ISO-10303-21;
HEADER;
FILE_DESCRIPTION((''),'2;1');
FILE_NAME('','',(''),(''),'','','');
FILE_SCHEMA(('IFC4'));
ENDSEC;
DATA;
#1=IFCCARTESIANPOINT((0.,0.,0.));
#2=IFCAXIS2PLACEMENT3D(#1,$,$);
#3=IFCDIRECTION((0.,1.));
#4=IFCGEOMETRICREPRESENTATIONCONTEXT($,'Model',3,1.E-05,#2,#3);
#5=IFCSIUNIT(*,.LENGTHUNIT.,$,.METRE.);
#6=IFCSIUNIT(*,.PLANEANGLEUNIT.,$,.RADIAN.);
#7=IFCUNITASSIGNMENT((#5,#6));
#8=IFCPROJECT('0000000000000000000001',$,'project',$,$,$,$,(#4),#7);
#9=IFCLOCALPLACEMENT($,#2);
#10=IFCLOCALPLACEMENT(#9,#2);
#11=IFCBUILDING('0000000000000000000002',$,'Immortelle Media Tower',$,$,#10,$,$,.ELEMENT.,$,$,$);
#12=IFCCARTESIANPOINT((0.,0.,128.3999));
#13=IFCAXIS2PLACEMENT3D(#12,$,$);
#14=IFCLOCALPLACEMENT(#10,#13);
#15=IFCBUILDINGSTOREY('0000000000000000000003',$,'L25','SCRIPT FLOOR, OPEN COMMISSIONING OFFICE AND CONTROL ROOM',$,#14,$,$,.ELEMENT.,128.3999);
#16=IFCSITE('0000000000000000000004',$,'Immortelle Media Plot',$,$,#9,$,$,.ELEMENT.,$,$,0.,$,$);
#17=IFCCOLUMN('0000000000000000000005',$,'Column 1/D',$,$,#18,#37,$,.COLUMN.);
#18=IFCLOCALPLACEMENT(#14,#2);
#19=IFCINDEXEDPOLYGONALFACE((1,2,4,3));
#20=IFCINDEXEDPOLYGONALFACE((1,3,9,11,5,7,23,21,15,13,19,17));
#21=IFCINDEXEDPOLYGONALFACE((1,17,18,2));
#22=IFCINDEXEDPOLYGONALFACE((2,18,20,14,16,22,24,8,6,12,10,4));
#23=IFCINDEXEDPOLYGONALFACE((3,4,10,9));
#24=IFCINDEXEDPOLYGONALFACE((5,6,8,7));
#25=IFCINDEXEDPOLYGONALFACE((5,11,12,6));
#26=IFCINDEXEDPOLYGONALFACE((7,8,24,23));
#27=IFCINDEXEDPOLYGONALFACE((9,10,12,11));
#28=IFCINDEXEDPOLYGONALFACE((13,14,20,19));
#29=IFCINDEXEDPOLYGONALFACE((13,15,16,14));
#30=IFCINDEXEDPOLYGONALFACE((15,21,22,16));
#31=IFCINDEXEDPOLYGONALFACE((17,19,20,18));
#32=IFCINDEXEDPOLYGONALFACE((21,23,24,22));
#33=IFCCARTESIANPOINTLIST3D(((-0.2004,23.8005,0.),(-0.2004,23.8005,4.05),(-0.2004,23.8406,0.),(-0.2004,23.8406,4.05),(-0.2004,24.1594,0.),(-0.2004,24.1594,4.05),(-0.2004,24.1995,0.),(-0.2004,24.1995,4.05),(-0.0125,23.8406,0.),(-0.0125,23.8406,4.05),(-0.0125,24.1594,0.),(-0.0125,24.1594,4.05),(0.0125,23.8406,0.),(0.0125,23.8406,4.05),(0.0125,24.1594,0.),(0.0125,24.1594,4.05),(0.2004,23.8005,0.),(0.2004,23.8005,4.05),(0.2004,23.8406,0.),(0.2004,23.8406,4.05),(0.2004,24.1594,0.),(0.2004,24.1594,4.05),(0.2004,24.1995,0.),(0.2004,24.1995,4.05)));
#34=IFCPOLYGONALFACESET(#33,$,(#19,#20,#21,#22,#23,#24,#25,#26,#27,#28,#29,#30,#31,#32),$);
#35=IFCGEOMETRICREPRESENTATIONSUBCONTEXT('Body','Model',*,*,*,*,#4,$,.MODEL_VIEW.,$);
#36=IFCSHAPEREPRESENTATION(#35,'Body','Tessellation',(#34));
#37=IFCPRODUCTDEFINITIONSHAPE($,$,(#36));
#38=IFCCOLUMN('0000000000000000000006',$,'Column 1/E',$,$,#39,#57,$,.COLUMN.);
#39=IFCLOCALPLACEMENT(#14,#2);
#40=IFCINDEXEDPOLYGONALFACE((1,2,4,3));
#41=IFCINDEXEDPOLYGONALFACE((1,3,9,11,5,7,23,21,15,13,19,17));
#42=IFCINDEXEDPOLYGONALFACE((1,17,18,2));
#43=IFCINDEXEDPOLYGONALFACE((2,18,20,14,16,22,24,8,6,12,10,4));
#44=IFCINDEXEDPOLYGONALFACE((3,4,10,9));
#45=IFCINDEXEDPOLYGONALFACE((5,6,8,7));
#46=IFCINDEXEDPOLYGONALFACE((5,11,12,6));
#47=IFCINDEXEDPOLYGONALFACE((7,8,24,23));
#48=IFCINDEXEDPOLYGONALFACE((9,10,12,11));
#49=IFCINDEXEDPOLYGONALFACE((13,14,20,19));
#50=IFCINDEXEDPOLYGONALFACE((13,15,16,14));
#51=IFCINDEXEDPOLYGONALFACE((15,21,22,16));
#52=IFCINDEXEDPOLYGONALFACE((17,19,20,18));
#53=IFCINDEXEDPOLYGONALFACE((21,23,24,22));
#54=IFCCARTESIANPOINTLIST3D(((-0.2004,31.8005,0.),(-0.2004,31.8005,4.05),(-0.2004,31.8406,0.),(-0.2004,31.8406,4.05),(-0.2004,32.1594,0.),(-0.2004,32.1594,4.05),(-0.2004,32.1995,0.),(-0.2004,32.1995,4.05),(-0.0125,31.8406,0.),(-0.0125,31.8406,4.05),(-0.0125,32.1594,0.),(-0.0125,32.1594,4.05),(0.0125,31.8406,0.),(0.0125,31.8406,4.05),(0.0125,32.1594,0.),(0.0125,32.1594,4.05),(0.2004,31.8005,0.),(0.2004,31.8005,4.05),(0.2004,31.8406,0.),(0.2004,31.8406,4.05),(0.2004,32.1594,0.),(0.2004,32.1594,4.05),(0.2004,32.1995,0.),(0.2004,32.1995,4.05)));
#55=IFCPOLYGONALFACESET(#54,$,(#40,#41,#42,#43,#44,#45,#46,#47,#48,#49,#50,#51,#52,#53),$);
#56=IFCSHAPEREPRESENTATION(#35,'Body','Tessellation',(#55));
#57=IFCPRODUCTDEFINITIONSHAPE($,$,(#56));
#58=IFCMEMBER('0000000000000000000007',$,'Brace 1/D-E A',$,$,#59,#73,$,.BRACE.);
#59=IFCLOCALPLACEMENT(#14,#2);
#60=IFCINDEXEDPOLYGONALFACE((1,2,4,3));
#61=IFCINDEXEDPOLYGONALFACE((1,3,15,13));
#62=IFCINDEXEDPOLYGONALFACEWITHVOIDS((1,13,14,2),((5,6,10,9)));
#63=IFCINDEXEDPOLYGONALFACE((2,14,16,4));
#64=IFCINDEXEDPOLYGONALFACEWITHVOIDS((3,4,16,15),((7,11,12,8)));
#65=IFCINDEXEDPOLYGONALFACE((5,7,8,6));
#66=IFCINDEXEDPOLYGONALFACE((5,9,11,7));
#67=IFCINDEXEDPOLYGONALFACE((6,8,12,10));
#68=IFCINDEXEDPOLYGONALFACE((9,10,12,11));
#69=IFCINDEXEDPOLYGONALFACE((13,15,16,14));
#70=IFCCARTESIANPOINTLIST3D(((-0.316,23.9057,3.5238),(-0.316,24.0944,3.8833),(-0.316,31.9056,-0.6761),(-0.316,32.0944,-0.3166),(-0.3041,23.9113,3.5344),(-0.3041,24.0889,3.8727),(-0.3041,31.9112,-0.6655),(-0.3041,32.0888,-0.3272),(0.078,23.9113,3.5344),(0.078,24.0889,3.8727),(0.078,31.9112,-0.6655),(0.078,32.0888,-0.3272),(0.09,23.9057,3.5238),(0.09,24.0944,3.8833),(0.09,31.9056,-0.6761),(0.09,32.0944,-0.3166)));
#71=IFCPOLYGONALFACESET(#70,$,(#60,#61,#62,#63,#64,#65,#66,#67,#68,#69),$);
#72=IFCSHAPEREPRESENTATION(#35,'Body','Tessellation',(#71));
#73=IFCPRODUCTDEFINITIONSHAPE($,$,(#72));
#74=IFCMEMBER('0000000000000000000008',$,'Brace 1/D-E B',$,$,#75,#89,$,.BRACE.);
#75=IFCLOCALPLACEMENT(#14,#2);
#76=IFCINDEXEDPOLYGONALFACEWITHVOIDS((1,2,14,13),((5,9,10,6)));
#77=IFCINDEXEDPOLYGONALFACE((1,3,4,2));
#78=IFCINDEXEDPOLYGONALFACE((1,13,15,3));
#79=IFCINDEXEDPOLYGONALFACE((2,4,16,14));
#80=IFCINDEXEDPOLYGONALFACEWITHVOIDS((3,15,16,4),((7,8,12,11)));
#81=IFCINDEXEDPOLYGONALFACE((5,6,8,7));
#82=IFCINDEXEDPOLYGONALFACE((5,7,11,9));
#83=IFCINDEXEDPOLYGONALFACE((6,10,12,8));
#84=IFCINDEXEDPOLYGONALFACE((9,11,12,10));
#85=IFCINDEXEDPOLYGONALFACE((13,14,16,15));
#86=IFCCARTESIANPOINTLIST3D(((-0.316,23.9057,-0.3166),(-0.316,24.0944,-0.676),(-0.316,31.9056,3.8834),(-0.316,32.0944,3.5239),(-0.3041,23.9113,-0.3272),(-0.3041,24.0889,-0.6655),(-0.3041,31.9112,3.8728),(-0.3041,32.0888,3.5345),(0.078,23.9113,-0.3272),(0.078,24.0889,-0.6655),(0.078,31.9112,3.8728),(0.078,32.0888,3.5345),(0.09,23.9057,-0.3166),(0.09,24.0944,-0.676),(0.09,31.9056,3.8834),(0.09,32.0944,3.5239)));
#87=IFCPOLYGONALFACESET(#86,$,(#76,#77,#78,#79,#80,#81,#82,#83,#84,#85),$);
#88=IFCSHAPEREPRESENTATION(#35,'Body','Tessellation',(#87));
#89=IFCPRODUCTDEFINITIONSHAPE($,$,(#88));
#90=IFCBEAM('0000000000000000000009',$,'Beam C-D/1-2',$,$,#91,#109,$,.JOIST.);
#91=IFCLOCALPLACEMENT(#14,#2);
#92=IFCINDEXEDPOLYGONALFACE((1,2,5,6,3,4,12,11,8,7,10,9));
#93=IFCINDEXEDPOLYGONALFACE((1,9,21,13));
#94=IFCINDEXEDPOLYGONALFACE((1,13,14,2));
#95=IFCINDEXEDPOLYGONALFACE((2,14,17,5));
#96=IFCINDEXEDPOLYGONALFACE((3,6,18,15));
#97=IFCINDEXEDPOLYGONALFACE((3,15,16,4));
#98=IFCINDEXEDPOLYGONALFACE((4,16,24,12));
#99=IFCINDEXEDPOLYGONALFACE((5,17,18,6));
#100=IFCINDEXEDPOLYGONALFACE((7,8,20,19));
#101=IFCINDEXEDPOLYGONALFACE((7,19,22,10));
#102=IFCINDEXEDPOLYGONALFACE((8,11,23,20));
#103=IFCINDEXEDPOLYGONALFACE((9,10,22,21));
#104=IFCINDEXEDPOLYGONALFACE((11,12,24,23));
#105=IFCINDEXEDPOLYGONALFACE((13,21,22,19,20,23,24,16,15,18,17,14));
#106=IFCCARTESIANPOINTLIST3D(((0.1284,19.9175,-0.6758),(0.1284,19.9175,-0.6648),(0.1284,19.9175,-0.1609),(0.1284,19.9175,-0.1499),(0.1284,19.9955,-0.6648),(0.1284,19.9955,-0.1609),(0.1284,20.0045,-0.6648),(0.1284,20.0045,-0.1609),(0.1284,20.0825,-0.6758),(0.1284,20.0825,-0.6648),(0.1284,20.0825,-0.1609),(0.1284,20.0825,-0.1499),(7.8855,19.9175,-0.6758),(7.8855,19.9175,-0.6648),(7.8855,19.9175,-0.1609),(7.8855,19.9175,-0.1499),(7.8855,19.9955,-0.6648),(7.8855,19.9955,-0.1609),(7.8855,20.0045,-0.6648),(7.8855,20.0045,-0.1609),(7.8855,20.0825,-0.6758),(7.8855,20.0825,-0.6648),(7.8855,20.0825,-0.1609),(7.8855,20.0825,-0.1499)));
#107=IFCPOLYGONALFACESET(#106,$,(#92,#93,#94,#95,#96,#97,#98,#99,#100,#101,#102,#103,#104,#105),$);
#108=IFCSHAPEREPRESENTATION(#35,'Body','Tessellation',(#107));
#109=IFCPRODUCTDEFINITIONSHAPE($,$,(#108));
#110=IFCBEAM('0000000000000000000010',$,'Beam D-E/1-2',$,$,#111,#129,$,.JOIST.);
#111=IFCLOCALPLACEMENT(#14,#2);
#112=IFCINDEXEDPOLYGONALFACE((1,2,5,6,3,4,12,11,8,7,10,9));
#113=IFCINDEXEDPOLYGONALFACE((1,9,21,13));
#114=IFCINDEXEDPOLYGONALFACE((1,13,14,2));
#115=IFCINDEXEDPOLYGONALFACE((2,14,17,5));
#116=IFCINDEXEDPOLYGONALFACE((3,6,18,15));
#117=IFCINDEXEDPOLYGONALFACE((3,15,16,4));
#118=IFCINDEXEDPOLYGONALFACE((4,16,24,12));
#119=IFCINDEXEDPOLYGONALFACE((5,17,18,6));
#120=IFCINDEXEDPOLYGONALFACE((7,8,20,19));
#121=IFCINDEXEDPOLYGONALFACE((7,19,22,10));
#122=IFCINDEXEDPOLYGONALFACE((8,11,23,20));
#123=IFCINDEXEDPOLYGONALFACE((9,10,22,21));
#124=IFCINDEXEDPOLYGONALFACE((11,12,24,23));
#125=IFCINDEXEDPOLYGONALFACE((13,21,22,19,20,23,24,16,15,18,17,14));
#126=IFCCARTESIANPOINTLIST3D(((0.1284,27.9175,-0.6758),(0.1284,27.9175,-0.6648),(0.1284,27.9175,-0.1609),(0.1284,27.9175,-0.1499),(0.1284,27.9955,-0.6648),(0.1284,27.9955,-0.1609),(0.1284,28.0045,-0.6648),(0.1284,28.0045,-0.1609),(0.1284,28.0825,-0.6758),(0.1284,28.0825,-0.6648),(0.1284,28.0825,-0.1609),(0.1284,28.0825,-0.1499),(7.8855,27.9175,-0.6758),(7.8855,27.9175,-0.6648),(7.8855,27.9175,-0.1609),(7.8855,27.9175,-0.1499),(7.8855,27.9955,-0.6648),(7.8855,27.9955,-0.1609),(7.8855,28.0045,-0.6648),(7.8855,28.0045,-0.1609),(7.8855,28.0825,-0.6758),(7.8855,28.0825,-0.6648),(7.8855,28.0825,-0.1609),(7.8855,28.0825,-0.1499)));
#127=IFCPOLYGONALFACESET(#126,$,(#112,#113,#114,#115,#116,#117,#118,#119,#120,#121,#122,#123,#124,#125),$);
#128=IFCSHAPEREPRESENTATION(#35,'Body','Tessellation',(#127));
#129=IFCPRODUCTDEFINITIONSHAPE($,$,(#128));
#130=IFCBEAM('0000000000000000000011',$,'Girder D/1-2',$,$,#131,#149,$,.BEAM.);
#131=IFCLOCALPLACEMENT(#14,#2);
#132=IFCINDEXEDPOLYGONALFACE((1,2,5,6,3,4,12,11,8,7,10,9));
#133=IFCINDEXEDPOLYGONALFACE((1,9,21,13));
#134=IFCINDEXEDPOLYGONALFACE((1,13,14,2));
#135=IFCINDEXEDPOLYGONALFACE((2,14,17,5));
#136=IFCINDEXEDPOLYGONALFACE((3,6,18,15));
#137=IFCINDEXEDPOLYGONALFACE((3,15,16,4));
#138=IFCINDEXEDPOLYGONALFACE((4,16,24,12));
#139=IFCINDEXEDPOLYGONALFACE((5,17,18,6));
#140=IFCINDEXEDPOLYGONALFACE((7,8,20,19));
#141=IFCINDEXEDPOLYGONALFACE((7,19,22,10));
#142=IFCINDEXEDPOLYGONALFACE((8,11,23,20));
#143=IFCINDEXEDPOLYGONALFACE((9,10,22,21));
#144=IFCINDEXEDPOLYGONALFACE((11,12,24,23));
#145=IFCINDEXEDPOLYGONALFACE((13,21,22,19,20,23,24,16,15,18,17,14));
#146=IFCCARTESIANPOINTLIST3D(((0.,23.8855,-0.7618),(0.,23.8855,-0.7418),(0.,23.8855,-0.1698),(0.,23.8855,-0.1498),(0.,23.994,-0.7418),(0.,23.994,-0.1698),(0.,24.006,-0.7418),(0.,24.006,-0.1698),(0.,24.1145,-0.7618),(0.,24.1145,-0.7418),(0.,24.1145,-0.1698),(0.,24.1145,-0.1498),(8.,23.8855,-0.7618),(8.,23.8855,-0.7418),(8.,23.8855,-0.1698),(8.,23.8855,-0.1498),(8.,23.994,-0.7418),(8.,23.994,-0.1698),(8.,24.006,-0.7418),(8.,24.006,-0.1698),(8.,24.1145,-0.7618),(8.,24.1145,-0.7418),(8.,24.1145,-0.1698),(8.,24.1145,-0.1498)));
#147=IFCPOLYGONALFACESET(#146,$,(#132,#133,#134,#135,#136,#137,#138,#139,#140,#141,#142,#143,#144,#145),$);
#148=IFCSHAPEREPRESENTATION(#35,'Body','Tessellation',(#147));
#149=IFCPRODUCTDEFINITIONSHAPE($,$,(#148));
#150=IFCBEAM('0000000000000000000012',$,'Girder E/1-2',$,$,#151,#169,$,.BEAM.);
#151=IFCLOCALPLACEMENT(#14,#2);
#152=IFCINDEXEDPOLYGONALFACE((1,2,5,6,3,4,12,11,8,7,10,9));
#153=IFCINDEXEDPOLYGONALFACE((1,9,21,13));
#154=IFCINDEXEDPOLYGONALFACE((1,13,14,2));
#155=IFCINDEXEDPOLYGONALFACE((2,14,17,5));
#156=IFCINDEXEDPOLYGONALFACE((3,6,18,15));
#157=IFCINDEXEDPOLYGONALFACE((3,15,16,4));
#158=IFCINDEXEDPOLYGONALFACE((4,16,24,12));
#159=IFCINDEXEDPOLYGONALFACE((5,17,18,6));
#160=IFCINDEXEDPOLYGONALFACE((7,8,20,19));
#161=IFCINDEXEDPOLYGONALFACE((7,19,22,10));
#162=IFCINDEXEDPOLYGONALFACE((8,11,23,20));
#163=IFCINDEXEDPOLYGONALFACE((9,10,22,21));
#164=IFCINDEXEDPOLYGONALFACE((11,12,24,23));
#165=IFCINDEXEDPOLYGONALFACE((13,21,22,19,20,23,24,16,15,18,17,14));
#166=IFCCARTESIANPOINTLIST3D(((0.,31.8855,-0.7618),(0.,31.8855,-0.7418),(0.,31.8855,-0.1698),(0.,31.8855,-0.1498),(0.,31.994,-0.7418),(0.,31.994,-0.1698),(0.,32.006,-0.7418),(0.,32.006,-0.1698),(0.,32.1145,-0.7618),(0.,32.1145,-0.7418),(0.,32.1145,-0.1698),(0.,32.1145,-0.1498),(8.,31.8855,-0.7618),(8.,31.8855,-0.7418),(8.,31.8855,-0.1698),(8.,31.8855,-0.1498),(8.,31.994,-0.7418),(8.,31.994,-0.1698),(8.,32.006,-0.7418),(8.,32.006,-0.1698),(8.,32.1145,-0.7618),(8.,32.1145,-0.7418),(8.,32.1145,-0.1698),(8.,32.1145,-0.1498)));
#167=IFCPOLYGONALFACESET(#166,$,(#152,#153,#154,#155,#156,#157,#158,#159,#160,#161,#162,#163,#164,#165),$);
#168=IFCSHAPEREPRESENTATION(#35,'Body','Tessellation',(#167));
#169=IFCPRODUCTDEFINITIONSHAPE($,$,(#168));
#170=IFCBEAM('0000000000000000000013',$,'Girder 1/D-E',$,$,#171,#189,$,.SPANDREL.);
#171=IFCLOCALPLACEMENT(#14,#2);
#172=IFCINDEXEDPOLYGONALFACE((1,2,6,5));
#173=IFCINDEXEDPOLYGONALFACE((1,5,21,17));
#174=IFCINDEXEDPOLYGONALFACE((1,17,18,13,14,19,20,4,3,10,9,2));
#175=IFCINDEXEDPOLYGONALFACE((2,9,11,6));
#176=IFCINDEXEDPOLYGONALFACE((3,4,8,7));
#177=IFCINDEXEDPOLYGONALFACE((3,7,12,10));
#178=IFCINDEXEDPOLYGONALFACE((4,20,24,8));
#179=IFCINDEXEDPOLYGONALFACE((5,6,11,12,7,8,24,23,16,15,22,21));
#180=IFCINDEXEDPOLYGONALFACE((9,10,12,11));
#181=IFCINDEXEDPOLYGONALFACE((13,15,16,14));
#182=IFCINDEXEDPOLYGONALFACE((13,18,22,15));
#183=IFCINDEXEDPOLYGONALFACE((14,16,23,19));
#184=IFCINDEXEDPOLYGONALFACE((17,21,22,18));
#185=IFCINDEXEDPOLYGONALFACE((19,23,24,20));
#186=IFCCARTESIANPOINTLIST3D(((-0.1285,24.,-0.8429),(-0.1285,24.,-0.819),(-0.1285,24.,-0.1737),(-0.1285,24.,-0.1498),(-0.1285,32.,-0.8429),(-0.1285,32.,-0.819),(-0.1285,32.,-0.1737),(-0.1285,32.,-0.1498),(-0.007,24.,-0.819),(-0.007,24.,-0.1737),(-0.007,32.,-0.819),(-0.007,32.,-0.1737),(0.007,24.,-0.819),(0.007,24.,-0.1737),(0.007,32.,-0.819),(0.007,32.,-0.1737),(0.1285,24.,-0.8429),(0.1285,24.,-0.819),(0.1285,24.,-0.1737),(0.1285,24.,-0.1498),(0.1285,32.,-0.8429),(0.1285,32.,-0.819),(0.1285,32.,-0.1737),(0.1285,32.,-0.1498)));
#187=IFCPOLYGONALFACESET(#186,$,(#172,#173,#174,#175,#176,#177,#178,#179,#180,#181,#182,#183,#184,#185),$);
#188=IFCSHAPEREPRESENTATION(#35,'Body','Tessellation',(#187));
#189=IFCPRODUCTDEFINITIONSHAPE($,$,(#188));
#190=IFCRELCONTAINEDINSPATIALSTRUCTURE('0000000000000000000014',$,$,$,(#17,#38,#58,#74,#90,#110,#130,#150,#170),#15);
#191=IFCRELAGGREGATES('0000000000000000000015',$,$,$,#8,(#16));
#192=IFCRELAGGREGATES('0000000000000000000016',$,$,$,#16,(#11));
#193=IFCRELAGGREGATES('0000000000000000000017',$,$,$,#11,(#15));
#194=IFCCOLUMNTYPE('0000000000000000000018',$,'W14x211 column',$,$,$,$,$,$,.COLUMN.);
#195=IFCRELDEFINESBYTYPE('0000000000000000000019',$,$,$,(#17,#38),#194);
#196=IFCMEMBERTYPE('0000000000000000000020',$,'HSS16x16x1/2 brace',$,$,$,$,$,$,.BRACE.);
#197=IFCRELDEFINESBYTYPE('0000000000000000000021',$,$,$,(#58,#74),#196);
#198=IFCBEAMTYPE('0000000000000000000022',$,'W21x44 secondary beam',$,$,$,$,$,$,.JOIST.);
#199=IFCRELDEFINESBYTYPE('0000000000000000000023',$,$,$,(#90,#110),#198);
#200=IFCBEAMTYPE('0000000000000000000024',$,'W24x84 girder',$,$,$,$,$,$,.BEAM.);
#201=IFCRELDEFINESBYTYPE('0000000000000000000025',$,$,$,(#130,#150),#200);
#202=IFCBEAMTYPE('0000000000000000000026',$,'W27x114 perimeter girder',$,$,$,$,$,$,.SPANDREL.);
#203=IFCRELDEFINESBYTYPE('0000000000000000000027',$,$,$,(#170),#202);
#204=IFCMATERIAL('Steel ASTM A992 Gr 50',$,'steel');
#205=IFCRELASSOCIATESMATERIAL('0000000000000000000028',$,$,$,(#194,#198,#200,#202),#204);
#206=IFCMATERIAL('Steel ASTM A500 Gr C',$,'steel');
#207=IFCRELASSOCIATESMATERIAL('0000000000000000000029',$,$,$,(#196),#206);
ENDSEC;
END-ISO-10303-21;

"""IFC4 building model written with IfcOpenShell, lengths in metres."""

from ifc_helpers import new_model, si_unit, direction, frame, origin, origin_2d, place, context, subcontext, project, spatial, hollow_rectangle, i_section, extrude, material, material_profile, profile_set, type_object, element, save


model = new_model("IFC4")

# Units and contexts
model_context = context("Model", 3, precision=1e-05, world=origin(), true_north=direction((0.0, 1.0)))
body_context = subcontext(model_context, "Body", "Model", "MODEL_VIEW")
ifc_project = project(units=[si_unit("LENGTHUNIT", "METRE"), si_unit("PLANEANGLEUNIT", "RADIAN")], contexts=[model_context])

# Site, building, storey
site_placement = place(None, origin())
site = spatial("IfcSite", under=ifc_project, at=site_placement, Name="Immortelle Media Plot", CompositionType="ELEMENT", RefElevation=0.0)
building_placement = place(site_placement, origin())
building = spatial("IfcBuilding", under=site, at=building_placement, Name="Immortelle Media Tower", CompositionType="ELEMENT")
storey_placement = place(building_placement, frame((0.0, 0.0, 128.3999)))
storey = spatial("IfcBuildingStorey", under=building, at=storey_placement, Name="L25", Description="SCRIPT FLOOR, OPEN COMMISSIONING OFFICE AND CONTROL ROOM", CompositionType="ELEMENT", Elevation=128.3999)

# Columns
ifc_material_1 = material(Name="Steel ASTM A992 Gr 50", Category="steel")
ifc_material_profile_1 = material_profile(ifc_material_1, i_section(OverallWidth=0.4009, OverallDepth=0.3989, WebThickness=0.0249, FlangeThickness=0.04, at=origin_2d()), Name="W14x211")
ifc_profile_set_1 = profile_set([ifc_material_profile_1], Name="Steel ASTM A992 Gr 50")
column_type = type_object("IfcColumnType", Name="W14x211 column", PredefinedType="COLUMN", material=ifc_profile_set_1)
for number, where, z_axis, x_axis, name in (
    (1, (0.0, 24.0, 0.0), (0.0, 0.0, 1.0), (1.0, 0.0, 0.0), "Column 1/D"),
    (2, (0.0, 32.0, 0.0), (0.0, 0.0, 1.0), (1.0, 0.0, 0.0), "Column 1/E"),
):
    element("IfcColumn", number, at=place(storey_placement, frame(where, z_axis=z_axis, x_axis=x_axis)), inside=storey, type_object=column_type, Name=name, PredefinedType="COLUMN", context=body_context, shape_type="SweptSolid", body=[
        extrude(i_section(OverallWidth=0.4009, OverallDepth=0.3989, WebThickness=0.0249, FlangeThickness=0.04, at=origin_2d()), origin(), (0.0, 0.0, 1.0), 4.05),
    ])

# Members
ifc_material_2 = material(Name="Steel ASTM A500 Gr C", Category="steel")
ifc_material_profile_2 = material_profile(ifc_material_2, hollow_rectangle(XDim=0.406, YDim=0.406, WallThickness=0.012, at=origin_2d()), Name="HSS16x16x1/2 brace")
ifc_profile_set_2 = profile_set([ifc_material_profile_2], Name="Steel ASTM A500 Gr C")
member_type = type_object("IfcMemberType", Name="HSS16x16x1/2 brace", PredefinedType="BRACE", material=ifc_profile_set_2)
for number, where, z_axis, x_axis, name in (
    (3, (-0.113, 32.0, -0.4963), (0.0, -0.8854, 0.46483), (1.0, 0.0, 0.0), "Brace 1/D-E A"),
    (4, (-0.113, 32.0, 3.7036), (0.0, -0.8854, -0.46483), (1.0, 0.0, 0.0), "Brace 1/D-E B"),
):
    element("IfcMember", number, at=place(storey_placement, frame(where, z_axis=z_axis, x_axis=x_axis)), inside=storey, type_object=member_type, Name=name, PredefinedType="BRACE", context=body_context, shape_type="SweptSolid", body=[
        extrude(hollow_rectangle(XDim=0.406, YDim=0.406, WallThickness=0.012, at=origin_2d()), origin(), (0.0, 0.0, 1.0), 9.0354),
    ])

# Beams
ifc_material_profile_3 = material_profile(ifc_material_1, i_section(OverallWidth=0.165, OverallDepth=0.5259, WebThickness=0.009, FlangeThickness=0.011, at=origin_2d()), Name="W21x44")
ifc_profile_set_3 = profile_set([ifc_material_profile_3], Name="Steel ASTM A992 Gr 50")
beam_type_1 = type_object("IfcBeamType", Name="W21x44 secondary beam", PredefinedType="JOIST", material=ifc_profile_set_3)
for number, where, z_axis, x_axis, name in (
    (5, (0.1284, 20.0, -0.4128), (1.0, 0.0, 0.0), (0.0, 1.0, 0.0), "Beam C-D/1-2"),
    (6, (0.1284, 28.0, -0.4128), (1.0, 0.0, 0.0), (0.0, 1.0, 0.0), "Beam D-E/1-2"),
):
    element("IfcBeam", number, at=place(storey_placement, frame(where, z_axis=z_axis, x_axis=x_axis)), inside=storey, type_object=beam_type_1, Name=name, PredefinedType="JOIST", context=body_context, shape_type="SweptSolid", body=[
        extrude(i_section(OverallWidth=0.165, OverallDepth=0.5259, WebThickness=0.009, FlangeThickness=0.011, at=origin_2d()), origin(), (0.0, 0.0, 1.0), 7.7571),
    ])
ifc_material_profile_4 = material_profile(ifc_material_1, i_section(OverallWidth=0.229, OverallDepth=0.6121, WebThickness=0.012, FlangeThickness=0.02, at=origin_2d()), Name="W24x84")
ifc_profile_set_4 = profile_set([ifc_material_profile_4], Name="Steel ASTM A992 Gr 50")
beam_type_2 = type_object("IfcBeamType", Name="W24x84 girder", PredefinedType="BEAM", material=ifc_profile_set_4)
for number, where, z_axis, x_axis, name in (
    (7, (0.0, 24.0, -0.4558), (1.0, 0.0, 0.0), (0.0, 1.0, 0.0), "Girder D/1-2"),
    (8, (0.0, 32.0, -0.4558), (1.0, 0.0, 0.0), (0.0, 1.0, 0.0), "Girder E/1-2"),
):
    element("IfcBeam", number, at=place(storey_placement, frame(where, z_axis=z_axis, x_axis=x_axis)), inside=storey, type_object=beam_type_2, Name=name, PredefinedType="BEAM", context=body_context, shape_type="SweptSolid", body=[
        extrude(i_section(OverallWidth=0.229, OverallDepth=0.6121, WebThickness=0.012, FlangeThickness=0.02, at=origin_2d()), origin(), (0.0, 0.0, 1.0), 8.0),
    ])
ifc_material_profile_5 = material_profile(ifc_material_1, i_section(OverallWidth=0.2571, OverallDepth=0.6931, WebThickness=0.0139, FlangeThickness=0.0239, at=origin_2d()), Name="W27x114")
ifc_profile_set_5 = profile_set([ifc_material_profile_5], Name="Steel ASTM A992 Gr 50")
beam_type_3 = type_object("IfcBeamType", Name="W27x114 perimeter girder", PredefinedType="SPANDREL", material=ifc_profile_set_5)
for number, where, z_axis, x_axis, name in (
    (9, (0.0, 24.0, -0.4963), (0.0, 1.0, 0.0), (-1.0, 0.0, 0.0), "Girder 1/D-E"),
):
    element("IfcBeam", number, at=place(storey_placement, frame(where, z_axis=z_axis, x_axis=x_axis)), inside=storey, type_object=beam_type_3, Name=name, PredefinedType="SPANDREL", context=body_context, shape_type="SweptSolid", body=[
        extrude(i_section(OverallWidth=0.2571, OverallDepth=0.6931, WebThickness=0.0139, FlangeThickness=0.0239, at=origin_2d()), origin(), (0.0, 0.0, 1.0), 8.0),
    ])

save(model, "model.ifc")
